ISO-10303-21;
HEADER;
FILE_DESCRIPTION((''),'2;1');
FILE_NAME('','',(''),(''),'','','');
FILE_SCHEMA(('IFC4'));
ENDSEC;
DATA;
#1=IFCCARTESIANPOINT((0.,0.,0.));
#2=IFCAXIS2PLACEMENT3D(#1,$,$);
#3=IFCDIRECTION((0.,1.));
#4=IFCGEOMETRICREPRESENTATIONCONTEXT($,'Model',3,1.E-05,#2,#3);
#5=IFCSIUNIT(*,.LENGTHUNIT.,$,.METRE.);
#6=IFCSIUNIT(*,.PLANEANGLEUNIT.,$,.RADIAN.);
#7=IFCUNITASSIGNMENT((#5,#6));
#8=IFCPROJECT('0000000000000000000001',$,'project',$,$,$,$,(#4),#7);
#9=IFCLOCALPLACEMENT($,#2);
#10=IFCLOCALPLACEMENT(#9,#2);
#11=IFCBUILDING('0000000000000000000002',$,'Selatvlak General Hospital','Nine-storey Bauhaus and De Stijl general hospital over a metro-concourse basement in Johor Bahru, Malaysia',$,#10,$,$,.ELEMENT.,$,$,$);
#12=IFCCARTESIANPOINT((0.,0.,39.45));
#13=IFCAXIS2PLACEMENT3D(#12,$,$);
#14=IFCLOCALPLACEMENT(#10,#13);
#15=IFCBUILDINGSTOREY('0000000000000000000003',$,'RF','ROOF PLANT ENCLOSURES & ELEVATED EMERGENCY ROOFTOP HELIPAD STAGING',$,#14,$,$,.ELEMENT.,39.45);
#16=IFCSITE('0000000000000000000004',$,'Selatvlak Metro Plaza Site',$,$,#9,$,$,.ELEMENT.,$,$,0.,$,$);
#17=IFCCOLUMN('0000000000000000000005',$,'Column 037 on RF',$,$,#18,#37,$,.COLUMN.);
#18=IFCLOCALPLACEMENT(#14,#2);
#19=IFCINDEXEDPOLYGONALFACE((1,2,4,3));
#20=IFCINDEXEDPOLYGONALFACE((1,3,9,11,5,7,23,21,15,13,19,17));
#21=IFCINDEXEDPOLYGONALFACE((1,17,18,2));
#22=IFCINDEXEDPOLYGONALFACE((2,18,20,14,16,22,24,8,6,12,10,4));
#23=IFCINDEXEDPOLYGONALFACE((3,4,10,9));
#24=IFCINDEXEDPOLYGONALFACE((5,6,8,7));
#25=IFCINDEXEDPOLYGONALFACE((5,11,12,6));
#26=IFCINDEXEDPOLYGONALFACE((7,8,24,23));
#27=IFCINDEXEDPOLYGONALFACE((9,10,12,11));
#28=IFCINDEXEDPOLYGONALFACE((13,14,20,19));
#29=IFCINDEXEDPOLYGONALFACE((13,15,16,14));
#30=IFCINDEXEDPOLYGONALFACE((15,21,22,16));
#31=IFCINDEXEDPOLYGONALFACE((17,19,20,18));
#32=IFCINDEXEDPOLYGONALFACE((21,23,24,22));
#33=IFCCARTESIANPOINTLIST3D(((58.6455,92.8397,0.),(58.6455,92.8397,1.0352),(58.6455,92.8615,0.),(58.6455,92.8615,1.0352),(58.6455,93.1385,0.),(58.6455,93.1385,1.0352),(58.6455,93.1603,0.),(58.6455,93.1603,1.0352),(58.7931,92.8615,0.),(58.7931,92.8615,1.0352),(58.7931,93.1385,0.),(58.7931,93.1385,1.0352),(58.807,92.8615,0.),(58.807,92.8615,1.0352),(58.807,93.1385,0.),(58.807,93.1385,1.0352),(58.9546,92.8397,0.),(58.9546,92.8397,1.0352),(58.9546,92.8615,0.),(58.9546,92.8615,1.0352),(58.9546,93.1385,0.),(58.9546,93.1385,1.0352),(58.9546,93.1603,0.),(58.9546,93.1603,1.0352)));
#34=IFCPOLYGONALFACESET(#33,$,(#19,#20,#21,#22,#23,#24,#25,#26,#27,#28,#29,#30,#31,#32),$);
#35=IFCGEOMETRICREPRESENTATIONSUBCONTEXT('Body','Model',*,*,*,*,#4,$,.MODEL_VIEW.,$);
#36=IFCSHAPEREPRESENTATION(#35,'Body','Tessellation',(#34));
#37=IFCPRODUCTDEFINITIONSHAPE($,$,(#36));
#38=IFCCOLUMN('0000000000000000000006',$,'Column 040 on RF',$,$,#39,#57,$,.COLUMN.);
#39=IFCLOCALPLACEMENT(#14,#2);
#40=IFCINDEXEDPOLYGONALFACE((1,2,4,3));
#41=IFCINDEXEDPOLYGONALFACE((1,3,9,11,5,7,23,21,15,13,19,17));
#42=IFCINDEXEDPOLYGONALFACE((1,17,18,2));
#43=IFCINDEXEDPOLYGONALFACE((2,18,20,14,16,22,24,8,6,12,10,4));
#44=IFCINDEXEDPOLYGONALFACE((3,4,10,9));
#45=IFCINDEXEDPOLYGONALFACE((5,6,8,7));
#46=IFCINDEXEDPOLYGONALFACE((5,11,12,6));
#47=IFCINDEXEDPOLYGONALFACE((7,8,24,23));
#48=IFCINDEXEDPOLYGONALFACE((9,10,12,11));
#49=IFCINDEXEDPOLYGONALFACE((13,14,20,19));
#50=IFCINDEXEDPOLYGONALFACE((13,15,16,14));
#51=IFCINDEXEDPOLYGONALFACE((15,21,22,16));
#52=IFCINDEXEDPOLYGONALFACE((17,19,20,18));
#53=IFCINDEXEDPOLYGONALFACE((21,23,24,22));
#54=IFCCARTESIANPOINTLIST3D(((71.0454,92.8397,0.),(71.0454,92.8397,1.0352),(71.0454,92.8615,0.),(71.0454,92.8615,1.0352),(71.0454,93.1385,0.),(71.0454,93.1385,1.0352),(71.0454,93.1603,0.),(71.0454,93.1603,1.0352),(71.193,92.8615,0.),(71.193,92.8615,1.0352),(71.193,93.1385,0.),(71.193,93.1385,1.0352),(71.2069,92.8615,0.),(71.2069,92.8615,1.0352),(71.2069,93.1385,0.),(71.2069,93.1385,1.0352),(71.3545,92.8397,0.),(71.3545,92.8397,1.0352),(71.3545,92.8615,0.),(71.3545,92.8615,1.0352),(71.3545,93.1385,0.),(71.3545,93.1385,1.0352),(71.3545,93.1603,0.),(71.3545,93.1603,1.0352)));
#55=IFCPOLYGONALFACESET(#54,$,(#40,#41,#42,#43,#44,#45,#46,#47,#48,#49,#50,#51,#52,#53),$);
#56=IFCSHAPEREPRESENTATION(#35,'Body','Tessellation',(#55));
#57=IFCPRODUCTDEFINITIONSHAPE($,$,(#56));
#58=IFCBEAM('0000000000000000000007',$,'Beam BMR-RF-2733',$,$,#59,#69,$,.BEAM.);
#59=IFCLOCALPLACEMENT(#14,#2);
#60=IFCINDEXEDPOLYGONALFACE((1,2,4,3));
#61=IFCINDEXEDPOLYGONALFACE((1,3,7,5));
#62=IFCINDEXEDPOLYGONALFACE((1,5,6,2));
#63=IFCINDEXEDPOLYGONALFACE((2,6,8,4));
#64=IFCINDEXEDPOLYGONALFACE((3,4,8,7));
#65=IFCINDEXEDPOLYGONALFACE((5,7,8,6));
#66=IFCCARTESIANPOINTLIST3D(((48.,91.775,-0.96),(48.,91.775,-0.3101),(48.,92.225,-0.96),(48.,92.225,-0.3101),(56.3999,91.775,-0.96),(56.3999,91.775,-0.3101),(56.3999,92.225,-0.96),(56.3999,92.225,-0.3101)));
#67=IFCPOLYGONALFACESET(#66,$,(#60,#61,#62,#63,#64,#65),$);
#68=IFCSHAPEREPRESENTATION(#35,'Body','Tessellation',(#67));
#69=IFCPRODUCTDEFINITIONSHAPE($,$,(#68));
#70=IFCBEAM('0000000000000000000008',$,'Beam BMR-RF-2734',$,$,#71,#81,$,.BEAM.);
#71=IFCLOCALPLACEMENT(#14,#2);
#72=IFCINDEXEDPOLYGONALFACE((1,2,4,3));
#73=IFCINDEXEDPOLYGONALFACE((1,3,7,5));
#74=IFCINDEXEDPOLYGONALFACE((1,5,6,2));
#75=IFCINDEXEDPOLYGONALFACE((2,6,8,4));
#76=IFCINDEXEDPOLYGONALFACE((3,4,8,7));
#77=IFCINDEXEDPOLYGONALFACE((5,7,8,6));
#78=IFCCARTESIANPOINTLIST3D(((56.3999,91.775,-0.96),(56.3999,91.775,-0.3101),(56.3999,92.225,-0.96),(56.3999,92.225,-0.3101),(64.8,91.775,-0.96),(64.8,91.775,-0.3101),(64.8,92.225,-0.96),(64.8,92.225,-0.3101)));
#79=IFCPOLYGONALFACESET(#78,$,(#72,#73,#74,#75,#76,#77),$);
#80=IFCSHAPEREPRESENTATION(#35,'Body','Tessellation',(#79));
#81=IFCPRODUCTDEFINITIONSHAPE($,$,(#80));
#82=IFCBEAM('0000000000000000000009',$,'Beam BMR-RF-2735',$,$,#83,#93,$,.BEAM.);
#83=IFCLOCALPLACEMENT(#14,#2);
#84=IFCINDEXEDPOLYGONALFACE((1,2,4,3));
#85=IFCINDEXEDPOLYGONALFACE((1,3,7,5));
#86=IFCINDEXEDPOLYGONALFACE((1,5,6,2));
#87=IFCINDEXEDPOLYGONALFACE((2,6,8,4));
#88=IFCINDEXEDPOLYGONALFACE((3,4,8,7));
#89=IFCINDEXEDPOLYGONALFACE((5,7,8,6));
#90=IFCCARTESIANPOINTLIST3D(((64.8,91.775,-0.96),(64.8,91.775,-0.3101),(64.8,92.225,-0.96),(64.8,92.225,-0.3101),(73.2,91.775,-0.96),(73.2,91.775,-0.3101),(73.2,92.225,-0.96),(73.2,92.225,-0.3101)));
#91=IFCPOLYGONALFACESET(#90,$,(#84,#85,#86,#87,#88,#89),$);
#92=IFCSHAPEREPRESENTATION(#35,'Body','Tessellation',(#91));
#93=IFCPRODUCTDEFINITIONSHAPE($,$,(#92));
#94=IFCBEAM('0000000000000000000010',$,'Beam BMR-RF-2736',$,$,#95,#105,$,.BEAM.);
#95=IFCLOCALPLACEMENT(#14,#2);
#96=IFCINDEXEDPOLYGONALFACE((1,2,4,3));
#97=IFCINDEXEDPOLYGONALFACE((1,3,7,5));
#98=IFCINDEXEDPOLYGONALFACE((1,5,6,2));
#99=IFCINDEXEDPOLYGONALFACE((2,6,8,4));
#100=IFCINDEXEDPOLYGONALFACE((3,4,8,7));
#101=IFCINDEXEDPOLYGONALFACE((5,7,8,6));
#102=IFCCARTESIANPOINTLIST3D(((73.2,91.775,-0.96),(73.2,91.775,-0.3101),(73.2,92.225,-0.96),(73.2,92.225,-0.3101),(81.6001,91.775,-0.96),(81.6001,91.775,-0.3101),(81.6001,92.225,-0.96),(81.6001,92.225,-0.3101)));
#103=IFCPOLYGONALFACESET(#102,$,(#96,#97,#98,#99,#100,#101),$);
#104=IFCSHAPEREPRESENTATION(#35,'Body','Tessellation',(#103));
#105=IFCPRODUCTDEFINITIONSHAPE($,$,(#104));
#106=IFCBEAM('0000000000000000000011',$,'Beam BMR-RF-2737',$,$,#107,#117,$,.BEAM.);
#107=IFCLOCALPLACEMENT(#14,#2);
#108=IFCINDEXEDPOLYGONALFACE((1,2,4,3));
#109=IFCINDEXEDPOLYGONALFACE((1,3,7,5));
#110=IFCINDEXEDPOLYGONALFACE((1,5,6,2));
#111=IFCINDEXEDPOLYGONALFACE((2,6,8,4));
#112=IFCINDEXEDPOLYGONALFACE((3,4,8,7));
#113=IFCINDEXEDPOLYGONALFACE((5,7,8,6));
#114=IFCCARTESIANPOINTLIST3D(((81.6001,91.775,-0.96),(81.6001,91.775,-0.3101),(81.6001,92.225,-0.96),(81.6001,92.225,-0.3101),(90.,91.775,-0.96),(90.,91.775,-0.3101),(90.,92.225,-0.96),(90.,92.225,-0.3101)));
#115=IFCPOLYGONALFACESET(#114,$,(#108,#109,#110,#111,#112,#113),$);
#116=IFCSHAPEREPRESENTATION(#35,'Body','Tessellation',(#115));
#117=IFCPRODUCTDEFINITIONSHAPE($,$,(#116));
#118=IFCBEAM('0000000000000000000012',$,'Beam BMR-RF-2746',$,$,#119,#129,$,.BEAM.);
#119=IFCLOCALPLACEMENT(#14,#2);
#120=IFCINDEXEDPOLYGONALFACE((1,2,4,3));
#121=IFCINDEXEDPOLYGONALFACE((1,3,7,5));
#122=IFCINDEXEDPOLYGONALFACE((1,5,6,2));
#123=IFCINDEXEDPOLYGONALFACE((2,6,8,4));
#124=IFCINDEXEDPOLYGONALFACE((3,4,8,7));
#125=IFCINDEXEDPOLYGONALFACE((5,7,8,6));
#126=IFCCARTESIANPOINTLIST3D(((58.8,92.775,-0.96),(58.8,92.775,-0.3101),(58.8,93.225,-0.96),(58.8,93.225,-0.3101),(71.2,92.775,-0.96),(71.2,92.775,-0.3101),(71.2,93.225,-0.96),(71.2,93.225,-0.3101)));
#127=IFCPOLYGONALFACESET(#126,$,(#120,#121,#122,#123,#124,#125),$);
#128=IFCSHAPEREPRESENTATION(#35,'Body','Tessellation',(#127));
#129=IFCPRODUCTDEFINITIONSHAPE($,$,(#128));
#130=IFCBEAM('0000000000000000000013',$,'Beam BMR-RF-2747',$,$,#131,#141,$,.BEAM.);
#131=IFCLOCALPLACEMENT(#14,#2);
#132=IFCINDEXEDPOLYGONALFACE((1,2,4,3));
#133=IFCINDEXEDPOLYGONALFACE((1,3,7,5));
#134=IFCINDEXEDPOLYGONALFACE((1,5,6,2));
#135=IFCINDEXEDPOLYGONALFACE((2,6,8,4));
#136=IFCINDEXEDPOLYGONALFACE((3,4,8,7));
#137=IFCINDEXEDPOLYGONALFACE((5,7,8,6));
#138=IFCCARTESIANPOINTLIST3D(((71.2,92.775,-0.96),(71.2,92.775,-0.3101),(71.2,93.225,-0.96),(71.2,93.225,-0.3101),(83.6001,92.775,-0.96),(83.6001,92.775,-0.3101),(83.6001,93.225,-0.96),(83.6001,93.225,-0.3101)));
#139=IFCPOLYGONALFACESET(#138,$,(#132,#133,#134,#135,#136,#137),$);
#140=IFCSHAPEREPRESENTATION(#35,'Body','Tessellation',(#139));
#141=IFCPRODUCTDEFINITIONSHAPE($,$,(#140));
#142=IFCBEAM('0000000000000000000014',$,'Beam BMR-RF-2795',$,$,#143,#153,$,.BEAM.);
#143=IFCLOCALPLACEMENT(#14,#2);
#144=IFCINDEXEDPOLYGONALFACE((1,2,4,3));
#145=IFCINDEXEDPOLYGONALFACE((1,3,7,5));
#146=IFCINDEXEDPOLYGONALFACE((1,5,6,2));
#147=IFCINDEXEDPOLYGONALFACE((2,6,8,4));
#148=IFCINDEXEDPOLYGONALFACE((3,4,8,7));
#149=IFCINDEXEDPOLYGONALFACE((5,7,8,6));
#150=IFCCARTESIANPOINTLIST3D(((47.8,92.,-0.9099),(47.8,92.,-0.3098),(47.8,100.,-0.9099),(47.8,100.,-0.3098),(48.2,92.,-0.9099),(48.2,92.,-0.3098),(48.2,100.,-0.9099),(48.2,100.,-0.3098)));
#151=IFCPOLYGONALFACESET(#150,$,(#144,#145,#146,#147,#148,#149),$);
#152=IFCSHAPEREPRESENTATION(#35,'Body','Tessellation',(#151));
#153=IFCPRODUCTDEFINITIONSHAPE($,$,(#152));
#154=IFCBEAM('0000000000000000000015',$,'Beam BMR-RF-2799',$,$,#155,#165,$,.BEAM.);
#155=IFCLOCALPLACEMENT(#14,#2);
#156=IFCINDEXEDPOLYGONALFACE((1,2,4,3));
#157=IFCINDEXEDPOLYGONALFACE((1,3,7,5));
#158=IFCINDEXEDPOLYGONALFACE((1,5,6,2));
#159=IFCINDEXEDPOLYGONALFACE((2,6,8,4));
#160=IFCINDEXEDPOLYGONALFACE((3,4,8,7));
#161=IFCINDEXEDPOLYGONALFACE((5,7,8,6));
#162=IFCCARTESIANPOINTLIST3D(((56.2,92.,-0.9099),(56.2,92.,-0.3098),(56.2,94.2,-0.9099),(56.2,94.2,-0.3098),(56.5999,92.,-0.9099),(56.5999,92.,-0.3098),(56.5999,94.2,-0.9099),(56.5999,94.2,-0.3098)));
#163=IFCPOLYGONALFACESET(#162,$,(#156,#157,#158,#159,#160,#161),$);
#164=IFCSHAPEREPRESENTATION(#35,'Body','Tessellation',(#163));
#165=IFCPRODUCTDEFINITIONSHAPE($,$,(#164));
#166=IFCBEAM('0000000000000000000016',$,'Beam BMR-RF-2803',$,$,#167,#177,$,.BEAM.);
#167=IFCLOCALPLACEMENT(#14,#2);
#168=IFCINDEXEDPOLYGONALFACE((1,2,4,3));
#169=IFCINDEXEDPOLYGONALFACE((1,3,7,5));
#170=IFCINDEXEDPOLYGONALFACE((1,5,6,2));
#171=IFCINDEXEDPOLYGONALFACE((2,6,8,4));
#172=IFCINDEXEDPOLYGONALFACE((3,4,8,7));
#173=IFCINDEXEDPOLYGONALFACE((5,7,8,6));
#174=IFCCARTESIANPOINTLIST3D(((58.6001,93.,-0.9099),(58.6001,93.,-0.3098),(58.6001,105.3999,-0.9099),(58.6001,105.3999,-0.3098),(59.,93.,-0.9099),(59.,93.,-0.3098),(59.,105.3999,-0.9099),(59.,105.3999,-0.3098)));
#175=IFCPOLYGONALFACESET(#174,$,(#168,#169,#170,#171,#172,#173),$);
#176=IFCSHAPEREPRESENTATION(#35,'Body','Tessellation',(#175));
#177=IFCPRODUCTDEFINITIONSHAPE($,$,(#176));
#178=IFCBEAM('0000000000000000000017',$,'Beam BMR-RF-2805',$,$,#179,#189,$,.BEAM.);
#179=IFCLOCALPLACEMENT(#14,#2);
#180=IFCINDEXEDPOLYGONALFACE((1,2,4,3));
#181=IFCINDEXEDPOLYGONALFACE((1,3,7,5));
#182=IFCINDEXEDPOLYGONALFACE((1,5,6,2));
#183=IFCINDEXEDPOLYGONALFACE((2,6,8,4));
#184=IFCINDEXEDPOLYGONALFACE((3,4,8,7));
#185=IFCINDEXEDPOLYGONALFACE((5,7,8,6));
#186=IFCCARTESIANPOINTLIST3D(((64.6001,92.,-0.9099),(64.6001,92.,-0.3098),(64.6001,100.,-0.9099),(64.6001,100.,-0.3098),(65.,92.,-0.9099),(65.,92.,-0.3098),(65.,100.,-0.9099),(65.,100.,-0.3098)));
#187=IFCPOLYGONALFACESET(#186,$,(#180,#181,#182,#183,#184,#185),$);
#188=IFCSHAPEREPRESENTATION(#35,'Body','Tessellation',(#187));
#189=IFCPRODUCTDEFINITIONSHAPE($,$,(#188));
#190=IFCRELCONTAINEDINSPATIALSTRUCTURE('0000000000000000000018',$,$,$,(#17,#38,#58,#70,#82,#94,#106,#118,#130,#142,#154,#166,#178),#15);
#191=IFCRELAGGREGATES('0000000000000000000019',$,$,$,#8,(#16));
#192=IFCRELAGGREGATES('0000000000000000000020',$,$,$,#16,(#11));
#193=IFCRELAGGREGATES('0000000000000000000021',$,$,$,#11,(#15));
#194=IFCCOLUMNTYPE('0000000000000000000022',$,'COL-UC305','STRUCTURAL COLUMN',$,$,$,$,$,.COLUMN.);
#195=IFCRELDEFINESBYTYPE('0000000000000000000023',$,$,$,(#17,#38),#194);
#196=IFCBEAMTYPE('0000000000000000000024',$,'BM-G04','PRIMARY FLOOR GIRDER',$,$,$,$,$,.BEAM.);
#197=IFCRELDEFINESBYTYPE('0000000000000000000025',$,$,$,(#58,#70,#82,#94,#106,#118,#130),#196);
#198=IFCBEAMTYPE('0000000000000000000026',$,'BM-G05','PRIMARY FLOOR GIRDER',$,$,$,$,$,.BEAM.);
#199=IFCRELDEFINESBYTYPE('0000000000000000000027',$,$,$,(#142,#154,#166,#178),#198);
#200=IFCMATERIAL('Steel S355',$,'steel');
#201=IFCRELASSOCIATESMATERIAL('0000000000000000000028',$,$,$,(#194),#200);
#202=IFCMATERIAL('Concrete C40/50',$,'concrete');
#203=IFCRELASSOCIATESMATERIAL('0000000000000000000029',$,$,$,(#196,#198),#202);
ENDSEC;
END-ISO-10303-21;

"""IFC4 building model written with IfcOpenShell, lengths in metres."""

from ifc_helpers import new_model, si_unit, direction, frame, origin, origin_2d, place, context, subcontext, project, spatial, rectangle, i_section, extrude, material, material_profile, profile_set, type_object, element, save


model = new_model("IFC4")

# Units and contexts
model_context = context("Model", 3, precision=1e-05, world=origin(), true_north=direction((0.0, 1.0)))
body_context = subcontext(model_context, "Body", "Model", "MODEL_VIEW")
ifc_project = project(units=[si_unit("LENGTHUNIT", "METRE"), si_unit("PLANEANGLEUNIT", "RADIAN")], contexts=[model_context])

# Site, building, storey
site_placement = place(None, origin())
site = spatial("IfcSite", under=ifc_project, at=site_placement, Name="Selatvlak Metro Plaza Site", CompositionType="ELEMENT", RefElevation=0.0)
building_placement = place(site_placement, origin())
building = spatial("IfcBuilding", under=site, at=building_placement, Name="Selatvlak General Hospital", Description="Nine-storey Bauhaus and De Stijl general hospital over a metro-concourse basement in Johor Bahru, Malaysia", CompositionType="ELEMENT")
storey_placement = place(building_placement, frame((0.0, 0.0, 39.45)))
storey = spatial("IfcBuildingStorey", under=building, at=storey_placement, Name="RF", Description="ROOF PLANT ENCLOSURES & ELEVATED EMERGENCY ROOFTOP HELIPAD STAGING", CompositionType="ELEMENT", Elevation=39.45)

# Columns
ifc_material_1 = material(Name="Steel S355", Category="steel")
ifc_material_profile_1 = material_profile(ifc_material_1, i_section(OverallWidth=0.3091, OverallDepth=0.3206, WebThickness=0.0139, FlangeThickness=0.0217, at=origin_2d()), Name="UC 305x305x137")
ifc_profile_set_1 = profile_set([ifc_material_profile_1], Name="Steel S355")
column_type = type_object("IfcColumnType", Name="COL-UC305", Description="STRUCTURAL COLUMN", PredefinedType="COLUMN", material=ifc_profile_set_1)
for number, where, z_axis, x_axis, name in (
    (1, (58.8, 93.0, 0.0), (0.0, 0.0, 1.0), (1.0, 0.0, 0.0), "Column 037 on RF"),
    (2, (71.2, 93.0, 0.0), (0.0, 0.0, 1.0), (1.0, 0.0, 0.0), "Column 040 on RF"),
):
    element("IfcColumn", number, at=place(storey_placement, frame(where, z_axis=z_axis, x_axis=x_axis)), inside=storey, type_object=column_type, Name=name, PredefinedType="COLUMN", context=body_context, shape_type="SweptSolid", body=[
        extrude(i_section(OverallWidth=0.3091, OverallDepth=0.3206, WebThickness=0.0139, FlangeThickness=0.0217, at=origin_2d()), origin(), (0.0, 0.0, 1.0), 1.0352),
    ])

# Beams
ifc_material_2 = material(Name="Concrete C40/50", Category="concrete")
ifc_material_profile_2 = material_profile(ifc_material_2, rectangle(XDim=0.45, YDim=0.6499, at=origin_2d()), Name="RC-BM 450x650")
ifc_profile_set_2 = profile_set([ifc_material_profile_2], Name="Concrete C40/50")
beam_type_1 = type_object("IfcBeamType", Name="BM-G04", Description="PRIMARY FLOOR GIRDER", PredefinedType="BEAM", material=ifc_profile_set_2)
beam_1_placement = place(storey_placement, frame((48.0, 92.0, -0.635), z_axis=(1.0, 0.0, 0.0), x_axis=(0.0, 1.0, 0.0)))
element("IfcBeam", 3, at=beam_1_placement, inside=storey, type_object=beam_type_1, Name="Beam BMR-RF-2733", PredefinedType="BEAM", context=body_context, shape_type="SweptSolid", body=[
    extrude(rectangle(XDim=0.45, YDim=0.6499, at=origin_2d()), origin(), (0.0, 0.0, 1.0), 8.3999),
])
beam_2_placement = place(storey_placement, frame((56.3999, 92.0, -0.635), z_axis=(1.0, 0.0, 0.0), x_axis=(0.0, 1.0, 0.0)))
element("IfcBeam", 4, at=beam_2_placement, inside=storey, type_object=beam_type_1, Name="Beam BMR-RF-2734", PredefinedType="BEAM", context=body_context, shape_type="SweptSolid", body=[
    extrude(rectangle(XDim=0.45, YDim=0.6499, at=origin_2d()), origin(), (0.0, 0.0, 1.0), 8.4001),
])
beam_3_placement = place(storey_placement, frame((64.8, 92.0, -0.635), z_axis=(1.0, 0.0, 0.0), x_axis=(0.0, 1.0, 0.0)))
element("IfcBeam", 5, at=beam_3_placement, inside=storey, type_object=beam_type_1, Name="Beam BMR-RF-2735", PredefinedType="BEAM", context=body_context, shape_type="SweptSolid", body=[
    extrude(rectangle(XDim=0.45, YDim=0.6499, at=origin_2d()), origin(), (0.0, 0.0, 1.0), 8.3999),
])
beam_4_placement = place(storey_placement, frame((73.2, 92.0, -0.635), z_axis=(1.0, 0.0, 0.0), x_axis=(0.0, 1.0, 0.0)))
element("IfcBeam", 6, at=beam_4_placement, inside=storey, type_object=beam_type_1, Name="Beam BMR-RF-2736", PredefinedType="BEAM", context=body_context, shape_type="SweptSolid", body=[
    extrude(rectangle(XDim=0.45, YDim=0.6499, at=origin_2d()), origin(), (0.0, 0.0, 1.0), 8.4001),
])
beam_5_placement = place(storey_placement, frame((81.6001, 92.0, -0.635), z_axis=(1.0, 0.0, 0.0), x_axis=(0.0, 1.0, 0.0)))
element("IfcBeam", 7, at=beam_5_placement, inside=storey, type_object=beam_type_1, Name="Beam BMR-RF-2737", PredefinedType="BEAM", context=body_context, shape_type="SweptSolid", body=[
    extrude(rectangle(XDim=0.45, YDim=0.6499, at=origin_2d()), origin(), (0.0, 0.0, 1.0), 8.3999),
])
beam_6_placement = place(storey_placement, frame((58.8, 93.0, -0.635), z_axis=(1.0, 0.0, 0.0), x_axis=(0.0, 1.0, 0.0)))
element("IfcBeam", 8, at=beam_6_placement, inside=storey, type_object=beam_type_1, Name="Beam BMR-RF-2746", PredefinedType="BEAM", context=body_context, shape_type="SweptSolid", body=[
    extrude(rectangle(XDim=0.45, YDim=0.6499, at=origin_2d()), origin(), (0.0, 0.0, 1.0), 12.3999),
])
beam_7_placement = place(storey_placement, frame((71.2, 93.0, -0.635), z_axis=(1.0, 0.0, 0.0), x_axis=(0.0, 1.0, 0.0)))
element("IfcBeam", 9, at=beam_7_placement, inside=storey, type_object=beam_type_1, Name="Beam BMR-RF-2747", PredefinedType="BEAM", context=body_context, shape_type="SweptSolid", body=[
    extrude(rectangle(XDim=0.45, YDim=0.6499, at=origin_2d()), origin(), (0.0, 0.0, 1.0), 12.4001),
])
ifc_material_profile_3 = material_profile(ifc_material_2, rectangle(XDim=0.3999, YDim=0.6001, at=origin_2d()), Name="RC-BM 400x600")
ifc_profile_set_3 = profile_set([ifc_material_profile_3], Name="Concrete C40/50")
beam_type_2 = type_object("IfcBeamType", Name="BM-G05", Description="PRIMARY FLOOR GIRDER", PredefinedType="BEAM", material=ifc_profile_set_3)
beam_8_placement = place(storey_placement, frame((48.0, 92.0, -0.6099), z_axis=(0.0, 1.0, 0.0), x_axis=(-1.0, 0.0, 0.0)))
element("IfcBeam", 10, at=beam_8_placement, inside=storey, type_object=beam_type_2, Name="Beam BMR-RF-2795", PredefinedType="BEAM", context=body_context, shape_type="SweptSolid", body=[
    extrude(rectangle(XDim=0.3999, YDim=0.6001, at=origin_2d()), origin(), (0.0, 0.0, 1.0), 8.0),
])
beam_9_placement = place(storey_placement, frame((56.3999, 92.0, -0.6099), z_axis=(0.0, 1.0, 0.0), x_axis=(-1.0, 0.0, 0.0)))
element("IfcBeam", 11, at=beam_9_placement, inside=storey, type_object=beam_type_2, Name="Beam BMR-RF-2799", PredefinedType="BEAM", context=body_context, shape_type="SweptSolid", body=[
    extrude(rectangle(XDim=0.3999, YDim=0.6001, at=origin_2d()), origin(), (0.0, 0.0, 1.0), 2.2),
])
beam_10_placement = place(storey_placement, frame((58.8, 93.0, -0.6099), z_axis=(0.0, 1.0, 0.0), x_axis=(-1.0, 0.0, 0.0)))
element("IfcBeam", 12, at=beam_10_placement, inside=storey, type_object=beam_type_2, Name="Beam BMR-RF-2803", PredefinedType="BEAM", context=body_context, shape_type="SweptSolid", body=[
    extrude(rectangle(XDim=0.3999, YDim=0.6001, at=origin_2d()), origin(), (0.0, 0.0, 1.0), 12.3999),
])
beam_11_placement = place(storey_placement, frame((64.8, 92.0, -0.6099), z_axis=(0.0, 1.0, 0.0), x_axis=(-1.0, 0.0, 0.0)))
element("IfcBeam", 13, at=beam_11_placement, inside=storey, type_object=beam_type_2, Name="Beam BMR-RF-2805", PredefinedType="BEAM", context=body_context, shape_type="SweptSolid", body=[
    extrude(rectangle(XDim=0.3999, YDim=0.6001, at=origin_2d()), origin(), (0.0, 0.0, 1.0), 8.0),
])

save(model, "model.ifc")
